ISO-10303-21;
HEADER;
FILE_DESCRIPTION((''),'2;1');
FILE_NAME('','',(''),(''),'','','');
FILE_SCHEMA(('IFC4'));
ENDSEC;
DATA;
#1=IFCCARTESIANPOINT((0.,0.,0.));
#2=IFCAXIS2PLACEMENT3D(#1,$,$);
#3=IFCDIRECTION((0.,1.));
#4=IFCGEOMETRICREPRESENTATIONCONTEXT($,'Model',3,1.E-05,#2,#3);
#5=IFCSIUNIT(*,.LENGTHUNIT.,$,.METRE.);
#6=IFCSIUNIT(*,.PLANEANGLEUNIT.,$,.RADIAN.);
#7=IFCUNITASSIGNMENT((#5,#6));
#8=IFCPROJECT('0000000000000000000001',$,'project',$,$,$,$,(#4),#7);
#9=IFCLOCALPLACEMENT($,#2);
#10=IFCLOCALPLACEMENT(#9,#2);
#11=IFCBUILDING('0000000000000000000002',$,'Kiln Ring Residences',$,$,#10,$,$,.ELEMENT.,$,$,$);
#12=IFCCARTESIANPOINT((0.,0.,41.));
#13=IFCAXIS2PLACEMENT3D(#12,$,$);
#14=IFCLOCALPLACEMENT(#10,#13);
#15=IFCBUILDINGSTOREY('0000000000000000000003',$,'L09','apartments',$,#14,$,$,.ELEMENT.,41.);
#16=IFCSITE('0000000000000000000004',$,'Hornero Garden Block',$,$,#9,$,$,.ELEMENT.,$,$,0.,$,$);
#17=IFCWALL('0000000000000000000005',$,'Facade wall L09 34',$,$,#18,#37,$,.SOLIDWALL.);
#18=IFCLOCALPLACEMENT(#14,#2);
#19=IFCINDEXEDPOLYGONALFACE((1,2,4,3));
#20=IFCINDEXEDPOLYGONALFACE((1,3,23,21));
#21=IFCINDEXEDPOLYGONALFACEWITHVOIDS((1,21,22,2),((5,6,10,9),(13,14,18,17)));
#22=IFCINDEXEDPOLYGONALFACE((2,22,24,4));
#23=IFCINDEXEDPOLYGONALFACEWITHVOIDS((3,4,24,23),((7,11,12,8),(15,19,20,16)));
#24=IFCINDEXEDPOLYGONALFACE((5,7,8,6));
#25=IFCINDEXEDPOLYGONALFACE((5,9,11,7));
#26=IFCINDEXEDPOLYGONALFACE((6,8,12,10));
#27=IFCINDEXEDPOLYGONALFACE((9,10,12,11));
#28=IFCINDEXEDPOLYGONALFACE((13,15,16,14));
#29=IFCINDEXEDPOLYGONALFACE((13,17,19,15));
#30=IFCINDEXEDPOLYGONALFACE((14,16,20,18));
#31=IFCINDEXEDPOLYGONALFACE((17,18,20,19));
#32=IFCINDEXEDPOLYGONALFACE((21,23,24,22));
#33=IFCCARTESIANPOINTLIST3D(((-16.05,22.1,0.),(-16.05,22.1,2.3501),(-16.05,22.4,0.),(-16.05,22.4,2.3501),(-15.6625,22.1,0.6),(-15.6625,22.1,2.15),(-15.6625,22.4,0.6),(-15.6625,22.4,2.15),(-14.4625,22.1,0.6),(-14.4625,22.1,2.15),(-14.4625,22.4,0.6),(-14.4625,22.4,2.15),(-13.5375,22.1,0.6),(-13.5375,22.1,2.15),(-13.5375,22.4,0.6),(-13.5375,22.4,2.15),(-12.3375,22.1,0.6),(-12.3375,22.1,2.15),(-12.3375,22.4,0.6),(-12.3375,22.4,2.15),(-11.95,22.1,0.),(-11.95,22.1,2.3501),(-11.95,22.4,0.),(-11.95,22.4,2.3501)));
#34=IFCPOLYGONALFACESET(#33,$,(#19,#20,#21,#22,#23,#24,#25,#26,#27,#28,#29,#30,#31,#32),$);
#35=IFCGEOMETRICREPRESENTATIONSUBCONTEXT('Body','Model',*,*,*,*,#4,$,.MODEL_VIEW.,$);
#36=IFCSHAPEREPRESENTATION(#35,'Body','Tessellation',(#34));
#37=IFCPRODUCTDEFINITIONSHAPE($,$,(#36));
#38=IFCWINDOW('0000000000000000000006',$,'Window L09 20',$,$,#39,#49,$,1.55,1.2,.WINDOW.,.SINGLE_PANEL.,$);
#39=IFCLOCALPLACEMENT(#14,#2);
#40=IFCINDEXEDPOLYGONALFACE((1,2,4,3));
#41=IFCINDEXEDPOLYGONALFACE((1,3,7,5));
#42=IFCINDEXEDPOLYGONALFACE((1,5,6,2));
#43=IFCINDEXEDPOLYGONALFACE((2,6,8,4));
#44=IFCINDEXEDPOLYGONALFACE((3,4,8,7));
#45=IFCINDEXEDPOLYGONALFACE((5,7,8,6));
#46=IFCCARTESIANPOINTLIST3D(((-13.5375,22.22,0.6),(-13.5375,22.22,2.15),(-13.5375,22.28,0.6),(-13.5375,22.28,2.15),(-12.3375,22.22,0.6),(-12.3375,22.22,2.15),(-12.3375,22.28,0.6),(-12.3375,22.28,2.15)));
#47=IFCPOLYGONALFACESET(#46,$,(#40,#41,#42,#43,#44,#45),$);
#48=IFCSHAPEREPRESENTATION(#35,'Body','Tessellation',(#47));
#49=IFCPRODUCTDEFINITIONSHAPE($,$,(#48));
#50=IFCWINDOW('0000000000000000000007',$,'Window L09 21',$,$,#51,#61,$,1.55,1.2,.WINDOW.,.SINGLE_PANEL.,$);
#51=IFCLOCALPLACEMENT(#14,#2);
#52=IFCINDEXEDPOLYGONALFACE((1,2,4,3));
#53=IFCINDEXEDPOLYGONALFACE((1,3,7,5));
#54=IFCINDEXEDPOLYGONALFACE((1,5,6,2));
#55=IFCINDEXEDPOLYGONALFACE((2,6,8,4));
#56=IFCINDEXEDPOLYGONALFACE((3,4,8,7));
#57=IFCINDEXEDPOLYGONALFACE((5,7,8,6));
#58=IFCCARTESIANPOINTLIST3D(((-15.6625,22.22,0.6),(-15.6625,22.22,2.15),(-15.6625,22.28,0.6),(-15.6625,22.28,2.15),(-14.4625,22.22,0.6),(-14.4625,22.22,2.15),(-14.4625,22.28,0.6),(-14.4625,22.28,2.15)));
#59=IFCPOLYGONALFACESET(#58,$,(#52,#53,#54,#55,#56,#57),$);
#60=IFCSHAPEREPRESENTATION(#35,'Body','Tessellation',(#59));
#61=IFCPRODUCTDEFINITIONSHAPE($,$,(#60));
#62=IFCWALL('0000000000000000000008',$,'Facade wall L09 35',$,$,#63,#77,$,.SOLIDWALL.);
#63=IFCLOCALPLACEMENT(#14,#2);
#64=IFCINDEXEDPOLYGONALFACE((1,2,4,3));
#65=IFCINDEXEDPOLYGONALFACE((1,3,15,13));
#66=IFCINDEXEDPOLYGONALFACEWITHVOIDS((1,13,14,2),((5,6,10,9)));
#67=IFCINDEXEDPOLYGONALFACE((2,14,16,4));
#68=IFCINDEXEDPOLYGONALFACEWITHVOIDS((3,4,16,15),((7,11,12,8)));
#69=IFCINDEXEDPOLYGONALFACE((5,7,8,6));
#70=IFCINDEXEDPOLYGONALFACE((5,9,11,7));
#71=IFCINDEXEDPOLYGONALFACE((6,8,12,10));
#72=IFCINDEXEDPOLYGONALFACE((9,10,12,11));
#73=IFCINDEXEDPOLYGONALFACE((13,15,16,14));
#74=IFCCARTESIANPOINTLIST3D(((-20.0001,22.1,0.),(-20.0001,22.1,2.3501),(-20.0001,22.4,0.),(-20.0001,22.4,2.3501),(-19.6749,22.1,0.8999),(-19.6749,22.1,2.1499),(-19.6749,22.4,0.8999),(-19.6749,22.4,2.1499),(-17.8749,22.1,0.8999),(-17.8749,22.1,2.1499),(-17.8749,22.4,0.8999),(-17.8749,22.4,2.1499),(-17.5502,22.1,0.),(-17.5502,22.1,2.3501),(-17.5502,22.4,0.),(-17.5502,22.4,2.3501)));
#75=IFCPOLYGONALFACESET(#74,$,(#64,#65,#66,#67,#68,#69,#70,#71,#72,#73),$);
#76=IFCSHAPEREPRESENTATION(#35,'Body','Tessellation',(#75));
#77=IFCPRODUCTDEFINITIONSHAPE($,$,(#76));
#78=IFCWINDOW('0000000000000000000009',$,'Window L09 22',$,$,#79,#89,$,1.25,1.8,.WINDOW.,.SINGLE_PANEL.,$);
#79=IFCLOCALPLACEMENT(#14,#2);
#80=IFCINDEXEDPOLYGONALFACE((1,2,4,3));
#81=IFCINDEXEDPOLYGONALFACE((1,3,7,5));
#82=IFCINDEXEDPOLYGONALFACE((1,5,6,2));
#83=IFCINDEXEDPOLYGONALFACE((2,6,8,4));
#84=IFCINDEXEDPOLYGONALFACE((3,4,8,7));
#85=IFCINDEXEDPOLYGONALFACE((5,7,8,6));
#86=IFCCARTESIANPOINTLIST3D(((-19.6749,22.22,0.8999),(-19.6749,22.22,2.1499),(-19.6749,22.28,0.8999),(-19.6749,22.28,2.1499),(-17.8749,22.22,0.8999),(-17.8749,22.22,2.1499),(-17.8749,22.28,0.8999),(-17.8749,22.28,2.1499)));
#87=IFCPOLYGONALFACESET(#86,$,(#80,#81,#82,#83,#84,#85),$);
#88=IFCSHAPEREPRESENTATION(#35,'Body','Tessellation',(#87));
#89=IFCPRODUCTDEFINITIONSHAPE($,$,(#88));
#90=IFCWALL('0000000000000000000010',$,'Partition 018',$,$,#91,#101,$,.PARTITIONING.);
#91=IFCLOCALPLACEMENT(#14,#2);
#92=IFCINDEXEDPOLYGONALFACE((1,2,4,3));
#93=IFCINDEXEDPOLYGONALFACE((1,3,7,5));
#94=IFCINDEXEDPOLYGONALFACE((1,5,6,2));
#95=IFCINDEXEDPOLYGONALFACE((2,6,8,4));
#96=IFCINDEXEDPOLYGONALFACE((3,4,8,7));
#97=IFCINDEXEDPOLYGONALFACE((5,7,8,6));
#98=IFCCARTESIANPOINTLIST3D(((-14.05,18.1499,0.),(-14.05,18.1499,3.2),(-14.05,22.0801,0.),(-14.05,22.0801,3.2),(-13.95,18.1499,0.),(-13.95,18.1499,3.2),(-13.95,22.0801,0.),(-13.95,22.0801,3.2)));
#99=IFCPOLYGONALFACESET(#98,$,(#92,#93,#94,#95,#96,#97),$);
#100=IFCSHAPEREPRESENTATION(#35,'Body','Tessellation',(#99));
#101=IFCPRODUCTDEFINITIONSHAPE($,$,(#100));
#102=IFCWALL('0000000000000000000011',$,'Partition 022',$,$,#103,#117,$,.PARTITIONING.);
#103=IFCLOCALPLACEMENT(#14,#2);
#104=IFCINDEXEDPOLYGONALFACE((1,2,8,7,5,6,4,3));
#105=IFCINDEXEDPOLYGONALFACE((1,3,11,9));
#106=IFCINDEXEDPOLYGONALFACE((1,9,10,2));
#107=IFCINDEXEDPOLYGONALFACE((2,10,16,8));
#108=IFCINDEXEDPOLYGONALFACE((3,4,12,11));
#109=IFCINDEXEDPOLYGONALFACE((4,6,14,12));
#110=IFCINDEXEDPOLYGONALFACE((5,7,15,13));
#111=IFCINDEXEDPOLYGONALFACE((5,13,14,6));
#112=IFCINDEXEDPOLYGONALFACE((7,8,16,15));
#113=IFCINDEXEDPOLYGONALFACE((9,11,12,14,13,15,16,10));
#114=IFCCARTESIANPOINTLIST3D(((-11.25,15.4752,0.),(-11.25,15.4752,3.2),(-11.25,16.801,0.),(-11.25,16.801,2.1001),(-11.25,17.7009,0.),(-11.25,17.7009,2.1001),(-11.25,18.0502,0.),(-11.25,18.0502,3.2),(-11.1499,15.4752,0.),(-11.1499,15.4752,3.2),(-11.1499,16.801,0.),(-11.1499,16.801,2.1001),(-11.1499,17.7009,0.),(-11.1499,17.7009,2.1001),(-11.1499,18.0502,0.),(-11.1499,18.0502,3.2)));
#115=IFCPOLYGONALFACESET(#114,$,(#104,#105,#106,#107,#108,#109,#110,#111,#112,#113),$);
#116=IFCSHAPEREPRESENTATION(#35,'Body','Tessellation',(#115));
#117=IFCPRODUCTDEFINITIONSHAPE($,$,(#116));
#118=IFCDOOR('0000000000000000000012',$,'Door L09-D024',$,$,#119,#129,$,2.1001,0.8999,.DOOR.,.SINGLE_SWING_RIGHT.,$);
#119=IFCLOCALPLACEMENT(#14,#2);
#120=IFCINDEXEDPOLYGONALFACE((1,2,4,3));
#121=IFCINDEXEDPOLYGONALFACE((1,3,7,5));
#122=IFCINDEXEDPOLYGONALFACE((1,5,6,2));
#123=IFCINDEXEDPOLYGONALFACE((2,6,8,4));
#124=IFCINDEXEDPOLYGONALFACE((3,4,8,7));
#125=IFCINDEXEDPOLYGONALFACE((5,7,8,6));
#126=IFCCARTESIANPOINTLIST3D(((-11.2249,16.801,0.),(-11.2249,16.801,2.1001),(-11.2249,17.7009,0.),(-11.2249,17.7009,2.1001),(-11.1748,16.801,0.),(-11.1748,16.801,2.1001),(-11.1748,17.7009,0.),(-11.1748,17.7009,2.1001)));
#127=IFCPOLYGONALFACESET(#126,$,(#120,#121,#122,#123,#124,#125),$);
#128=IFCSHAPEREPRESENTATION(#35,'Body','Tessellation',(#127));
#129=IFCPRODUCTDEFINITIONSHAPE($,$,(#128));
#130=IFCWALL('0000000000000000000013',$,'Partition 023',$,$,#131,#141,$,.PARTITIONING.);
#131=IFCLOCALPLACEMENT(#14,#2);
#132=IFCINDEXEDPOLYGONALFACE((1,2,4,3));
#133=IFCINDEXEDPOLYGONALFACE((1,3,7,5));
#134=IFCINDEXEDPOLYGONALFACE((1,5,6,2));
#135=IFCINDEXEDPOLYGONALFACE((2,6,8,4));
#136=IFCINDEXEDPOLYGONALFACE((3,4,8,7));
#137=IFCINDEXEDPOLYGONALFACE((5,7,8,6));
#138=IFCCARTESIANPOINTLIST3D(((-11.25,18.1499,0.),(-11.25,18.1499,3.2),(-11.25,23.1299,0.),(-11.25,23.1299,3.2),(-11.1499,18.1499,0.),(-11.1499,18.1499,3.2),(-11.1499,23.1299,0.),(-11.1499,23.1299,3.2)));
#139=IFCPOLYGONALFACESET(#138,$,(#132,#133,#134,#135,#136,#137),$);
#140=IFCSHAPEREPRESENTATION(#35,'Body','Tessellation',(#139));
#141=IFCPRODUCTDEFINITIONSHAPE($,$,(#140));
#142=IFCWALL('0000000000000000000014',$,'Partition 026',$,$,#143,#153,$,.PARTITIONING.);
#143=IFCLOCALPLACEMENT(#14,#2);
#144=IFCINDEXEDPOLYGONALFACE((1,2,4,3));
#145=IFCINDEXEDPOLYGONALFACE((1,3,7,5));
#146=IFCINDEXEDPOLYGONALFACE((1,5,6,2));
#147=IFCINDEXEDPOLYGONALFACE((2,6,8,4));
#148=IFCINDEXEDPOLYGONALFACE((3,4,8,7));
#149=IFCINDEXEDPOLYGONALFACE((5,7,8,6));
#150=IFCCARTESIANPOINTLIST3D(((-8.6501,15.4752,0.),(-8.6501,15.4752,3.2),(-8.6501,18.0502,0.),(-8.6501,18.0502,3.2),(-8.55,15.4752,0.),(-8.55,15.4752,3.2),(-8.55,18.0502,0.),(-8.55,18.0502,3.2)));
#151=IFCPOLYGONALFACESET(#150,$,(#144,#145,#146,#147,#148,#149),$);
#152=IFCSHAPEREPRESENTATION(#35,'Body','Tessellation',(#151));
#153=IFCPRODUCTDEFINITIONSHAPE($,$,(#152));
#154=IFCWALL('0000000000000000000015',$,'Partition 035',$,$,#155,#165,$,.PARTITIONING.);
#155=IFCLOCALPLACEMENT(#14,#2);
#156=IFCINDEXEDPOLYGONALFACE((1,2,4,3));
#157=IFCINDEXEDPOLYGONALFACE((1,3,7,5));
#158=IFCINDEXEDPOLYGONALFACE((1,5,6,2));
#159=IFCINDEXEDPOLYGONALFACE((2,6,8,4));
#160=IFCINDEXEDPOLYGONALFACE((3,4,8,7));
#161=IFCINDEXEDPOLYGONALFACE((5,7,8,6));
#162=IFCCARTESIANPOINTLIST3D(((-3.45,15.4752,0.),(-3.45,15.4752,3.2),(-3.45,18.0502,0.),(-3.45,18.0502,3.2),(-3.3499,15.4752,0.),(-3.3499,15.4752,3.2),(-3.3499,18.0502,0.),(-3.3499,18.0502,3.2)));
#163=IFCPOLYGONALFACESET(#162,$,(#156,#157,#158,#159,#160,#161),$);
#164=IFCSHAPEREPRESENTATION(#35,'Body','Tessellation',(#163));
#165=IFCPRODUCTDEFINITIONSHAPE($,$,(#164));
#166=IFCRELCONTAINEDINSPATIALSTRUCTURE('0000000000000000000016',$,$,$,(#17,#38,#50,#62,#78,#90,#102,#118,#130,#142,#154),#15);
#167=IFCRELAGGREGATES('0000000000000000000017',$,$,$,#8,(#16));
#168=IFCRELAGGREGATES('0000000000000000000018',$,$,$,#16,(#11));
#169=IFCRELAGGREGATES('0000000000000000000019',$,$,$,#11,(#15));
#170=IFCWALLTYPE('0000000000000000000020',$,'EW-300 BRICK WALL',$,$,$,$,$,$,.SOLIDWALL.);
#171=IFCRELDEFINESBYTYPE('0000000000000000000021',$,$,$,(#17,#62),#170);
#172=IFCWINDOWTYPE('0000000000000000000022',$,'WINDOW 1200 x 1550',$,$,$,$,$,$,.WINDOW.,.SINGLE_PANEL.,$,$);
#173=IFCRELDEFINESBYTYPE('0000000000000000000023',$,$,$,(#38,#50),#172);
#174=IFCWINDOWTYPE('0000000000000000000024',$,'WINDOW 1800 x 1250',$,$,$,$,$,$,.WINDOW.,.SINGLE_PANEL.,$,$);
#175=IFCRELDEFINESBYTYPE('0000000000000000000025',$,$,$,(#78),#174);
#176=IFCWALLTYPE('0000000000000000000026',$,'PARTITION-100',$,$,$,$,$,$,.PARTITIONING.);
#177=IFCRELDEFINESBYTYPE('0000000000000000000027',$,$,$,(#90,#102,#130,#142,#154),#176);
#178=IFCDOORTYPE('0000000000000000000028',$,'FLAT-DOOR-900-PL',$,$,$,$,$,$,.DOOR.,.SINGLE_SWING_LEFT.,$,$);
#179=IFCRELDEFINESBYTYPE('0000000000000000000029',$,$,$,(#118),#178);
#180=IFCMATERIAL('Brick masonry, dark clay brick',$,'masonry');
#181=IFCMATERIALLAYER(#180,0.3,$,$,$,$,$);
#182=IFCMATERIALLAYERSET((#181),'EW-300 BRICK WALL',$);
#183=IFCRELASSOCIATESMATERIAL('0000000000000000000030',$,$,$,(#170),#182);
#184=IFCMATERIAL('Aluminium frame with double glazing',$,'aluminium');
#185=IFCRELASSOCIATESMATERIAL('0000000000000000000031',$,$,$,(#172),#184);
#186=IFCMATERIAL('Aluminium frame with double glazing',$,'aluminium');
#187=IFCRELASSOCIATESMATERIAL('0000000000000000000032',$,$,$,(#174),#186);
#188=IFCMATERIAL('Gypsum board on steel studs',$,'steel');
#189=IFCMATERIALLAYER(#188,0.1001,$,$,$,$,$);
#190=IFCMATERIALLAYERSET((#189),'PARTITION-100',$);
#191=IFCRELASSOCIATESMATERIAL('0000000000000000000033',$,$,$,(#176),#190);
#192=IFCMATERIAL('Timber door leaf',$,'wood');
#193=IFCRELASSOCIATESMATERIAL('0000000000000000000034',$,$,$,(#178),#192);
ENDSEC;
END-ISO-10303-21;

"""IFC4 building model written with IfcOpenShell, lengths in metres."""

from ifc_helpers import new_model, si_unit, direction, frame, frame_2d, origin, place, context, subcontext, project, spatial, rectangle, extrude, material, layer, layer_set, type_object, element, fill, save


model = new_model("IFC4")

# Units and contexts
model_context = context("Model", 3, precision=1e-05, world=origin(), true_north=direction((0.0, 1.0)))
body_context = subcontext(model_context, "Body", "Model", "MODEL_VIEW")
ifc_project = project(units=[si_unit("LENGTHUNIT", "METRE"), si_unit("PLANEANGLEUNIT", "RADIAN")], contexts=[model_context])

# Site, building, storey
site_placement = place(None, origin())
site = spatial("IfcSite", under=ifc_project, at=site_placement, Name="Hornero Garden Block", CompositionType="ELEMENT", RefElevation=0.0)
building_placement = place(site_placement, origin())
building = spatial("IfcBuilding", under=site, at=building_placement, Name="Kiln Ring Residences", CompositionType="ELEMENT")
storey_placement = place(building_placement, frame((0.0, 0.0, 41.0)))
storey = spatial("IfcBuildingStorey", under=building, at=storey_placement, Name="L09", Description="apartments", CompositionType="ELEMENT", Elevation=41.0)

# Shared definitions
ifc_material_1 = material(Name="Brick masonry, dark clay brick", Category="masonry")
ifc_layer_1 = layer(ifc_material_1, 0.3)
ifc_layer_set_1 = layer_set([ifc_layer_1], Name="EW-300 BRICK WALL")
wall_type_1 = type_object("IfcWallType", Name="EW-300 BRICK WALL", PredefinedType="SOLIDWALL", material=ifc_layer_set_1)

# Wall, openings, windows
wall_1_placement = place(storey_placement, frame((-11.95, 22.25, 0.0), z_axis=(0.0, 0.0, 1.0), x_axis=(-1.0, 0.0, 0.0)))
wall_1 = element("IfcWall", 1, at=wall_1_placement, inside=storey, type_object=wall_type_1, Name="Facade wall L09 34", PredefinedType="SOLIDWALL", context=body_context, shape_type="SweptSolid", body=[
    extrude(rectangle(XDim=4.1001, YDim=0.3, at=frame_2d((2.05, 0.0))), origin(), (0.0, 0.0, 1.0), 2.3501),
])
opening_1_placement = place(wall_1_placement, frame((0.3875, 0.0, 0.6001)))
opening_1 = element("IfcOpeningElement", 2, at=opening_1_placement, cuts=wall_1, PredefinedType="OPENING", context=body_context, shape_type="SweptSolid", body=[
    extrude(rectangle(XDim=1.2, YDim=1.55, at=frame_2d((0.6001, 0.7749))), frame((0.0, 0.1599, 0.0), z_axis=(0.0, -1.0, 0.0), x_axis=(1.0, 0.0, 0.0)), (0.0, 0.0, 1.0), 0.3201),
])
opening_2_placement = place(wall_1_placement, frame((2.5125, 0.0, 0.6001)))
opening_2 = element("IfcOpeningElement", 3, at=opening_2_placement, cuts=wall_1, PredefinedType="OPENING", context=body_context, shape_type="SweptSolid", body=[
    extrude(rectangle(XDim=1.2, YDim=1.55, at=frame_2d((0.6001, 0.7749))), frame((0.0, 0.1599, 0.0), z_axis=(0.0, -1.0, 0.0), x_axis=(1.0, 0.0, 0.0)), (0.0, 0.0, 1.0), 0.3201),
])
ifc_material_2 = material(Name="Aluminium frame with double glazing", Category="aluminium")
window_type_1 = type_object("IfcWindowType", Name="WINDOW 1200 x 1550", PartitioningType="SINGLE_PANEL", PredefinedType="WINDOW", material=ifc_material_2)
window_1_placement = place(opening_1_placement, origin())
window_1 = element("IfcWindow", 4, at=window_1_placement, inside=storey, type_object=window_type_1, Name="Window L09 20", OverallHeight=1.55, OverallWidth=1.2, PartitioningType="SINGLE_PANEL", PredefinedType="WINDOW", context=body_context, shape_type="SweptSolid", body=[
    extrude(rectangle(XDim=1.2, YDim=1.55, at=frame_2d((0.6001, 0.7749))), frame((0.0, 0.03, 0.0), z_axis=(0.0, -1.0, 0.0), x_axis=(1.0, 0.0, 0.0)), (0.0, 0.0, 1.0), 0.0601),
])
fill(opening_1, window_1)
window_2_placement = place(opening_2_placement, origin())
window_2 = element("IfcWindow", 5, at=window_2_placement, inside=storey, type_object=window_type_1, Name="Window L09 21", OverallHeight=1.55, OverallWidth=1.2, PartitioningType="SINGLE_PANEL", PredefinedType="WINDOW", context=body_context, shape_type="SweptSolid", body=[
    extrude(rectangle(XDim=1.2, YDim=1.55, at=frame_2d((0.6001, 0.7749))), frame((0.0, 0.03, 0.0), z_axis=(0.0, -1.0, 0.0), x_axis=(1.0, 0.0, 0.0)), (0.0, 0.0, 1.0), 0.0601),
])
fill(opening_2, window_2)

# Wall, opening, window
wall_2_placement = place(storey_placement, frame((-17.55, 22.25, 0.0), z_axis=(0.0, 0.0, 1.0), x_axis=(-1.0, 0.0, 0.0)))
wall_2 = element("IfcWall", 6, at=wall_2_placement, inside=storey, type_object=wall_type_1, Name="Facade wall L09 35", PredefinedType="SOLIDWALL", context=body_context, shape_type="SweptSolid", body=[
    extrude(rectangle(XDim=2.45, YDim=0.3, at=frame_2d((1.2251, 0.0))), origin(), (0.0, 0.0, 1.0), 2.3501),
])
opening_3_placement = place(wall_2_placement, frame((0.325, 0.0, 0.8999)))
opening_3 = element("IfcOpeningElement", 7, at=opening_3_placement, cuts=wall_2, PredefinedType="OPENING", context=body_context, shape_type="SweptSolid", body=[
    extrude(rectangle(XDim=1.8, YDim=1.25, at=frame_2d((0.8999, 0.625))), frame((0.0, 0.1599, 0.0), z_axis=(0.0, -1.0, 0.0), x_axis=(1.0, 0.0, 0.0)), (0.0, 0.0, 1.0), 0.3201),
])
ifc_material_3 = material(Name="Aluminium frame with double glazing", Category="aluminium")
window_type_2 = type_object("IfcWindowType", Name="WINDOW 1800 x 1250", PartitioningType="SINGLE_PANEL", PredefinedType="WINDOW", material=ifc_material_3)
window_3_placement = place(opening_3_placement, origin())
window_3 = element("IfcWindow", 8, at=window_3_placement, inside=storey, type_object=window_type_2, Name="Window L09 22", OverallHeight=1.25, OverallWidth=1.8, PartitioningType="SINGLE_PANEL", PredefinedType="WINDOW", context=body_context, shape_type="SweptSolid", body=[
    extrude(rectangle(XDim=1.8, YDim=1.25, at=frame_2d((0.8999, 0.625))), frame((0.0, 0.03, 0.0), z_axis=(0.0, -1.0, 0.0), x_axis=(1.0, 0.0, 0.0)), (0.0, 0.0, 1.0), 0.0601),
])
fill(opening_3, window_3)

# Wall
ifc_material_4 = material(Name="Gypsum board on steel studs", Category="steel")
ifc_layer_2 = layer(ifc_material_4, 0.1001)
ifc_layer_set_2 = layer_set([ifc_layer_2], Name="PARTITION-100")
wall_type_2 = type_object("IfcWallType", Name="PARTITION-100", PredefinedType="PARTITIONING", material=ifc_layer_set_2)
wall_3_placement = place(storey_placement, frame((-14.0, 18.1499, 0.0), z_axis=(0.0, 0.0, 1.0), x_axis=(0.0, 1.0, 0.0)))
element("IfcWall", 9, at=wall_3_placement, inside=storey, type_object=wall_type_2, Name="Partition 018", PredefinedType="PARTITIONING", context=body_context, shape_type="SweptSolid", body=[
    extrude(rectangle(XDim=3.9302, YDim=0.1001, at=frame_2d((1.9651, 0.0))), origin(), (0.0, 0.0, 1.0), 3.2),
])

# Wall, opening, door
wall_4_placement = place(storey_placement, frame((-11.2, 15.4751, 0.0), z_axis=(0.0, 0.0, 1.0), x_axis=(0.0, 1.0, 0.0)))
wall_4 = element("IfcWall", 10, at=wall_4_placement, inside=storey, type_object=wall_type_2, Name="Partition 022", PredefinedType="PARTITIONING", context=body_context, shape_type="SweptSolid", body=[
    extrude(rectangle(XDim=2.575, YDim=0.1001, at=frame_2d((1.2876, 0.0))), origin(), (0.0, 0.0, 1.0), 3.2),
])
opening_4_placement = place(wall_4_placement, frame((1.3259, 0.0, 0.0)))
opening_4 = element("IfcOpeningElement", 11, at=opening_4_placement, cuts=wall_4, PredefinedType="OPENING", context=body_context, shape_type="SweptSolid", body=[
    extrude(rectangle(XDim=0.8999, YDim=2.1001, at=frame_2d((0.45, 1.05))), frame((0.0, 0.0601, 0.0), z_axis=(0.0, -1.0, 0.0), x_axis=(1.0, 0.0, 0.0)), (0.0, 0.0, 1.0), 0.1201),
])
ifc_material_5 = material(Name="Timber door leaf", Category="wood")
door_type = type_object("IfcDoorType", Name="FLAT-DOOR-900-PL", OperationType="SINGLE_SWING_LEFT", PredefinedType="DOOR", material=ifc_material_5)
door_placement = place(opening_4_placement, origin())
door = element("IfcDoor", 12, at=door_placement, inside=storey, type_object=door_type, Name="Door L09-D024", OperationType="SINGLE_SWING_RIGHT", OverallHeight=2.1001, OverallWidth=0.8999, PredefinedType="DOOR", context=body_context, shape_type="SweptSolid", body=[
    extrude(rectangle(XDim=0.8999, YDim=2.1001, at=frame_2d((0.45, 1.05))), frame((0.0, 0.0249, 0.0), z_axis=(0.0, -1.0, 0.0), x_axis=(1.0, 0.0, 0.0)), (0.0, 0.0, 1.0), 0.05),
])
fill(opening_4, door)

# Walls
wall_5_placement = place(storey_placement, frame((-11.2, 18.1499, 0.0), z_axis=(0.0, 0.0, 1.0), x_axis=(0.0, 1.0, 0.0)))
element("IfcWall", 13, at=wall_5_placement, inside=storey, type_object=wall_type_2, Name="Partition 023", PredefinedType="PARTITIONING", context=body_context, shape_type="SweptSolid", body=[
    extrude(rectangle(XDim=4.98, YDim=0.1001, at=frame_2d((2.49, 0.0))), origin(), (0.0, 0.0, 1.0), 3.2),
])
for number, where, z_axis, x_axis, name in (
    (14, (-8.6001, 15.4751, 0.0), (0.0, 0.0, 1.0), (0.0, 1.0, 0.0), "Partition 026"),
    (15, (-3.3999, 15.4751, 0.0), (0.0, 0.0, 1.0), (0.0, 1.0, 0.0), "Partition 035"),
):
    element("IfcWall", number, at=place(storey_placement, frame(where, z_axis=z_axis, x_axis=x_axis)), inside=storey, type_object=wall_type_2, Name=name, PredefinedType="PARTITIONING", context=body_context, shape_type="SweptSolid", body=[
        extrude(rectangle(XDim=2.575, YDim=0.1001, at=frame_2d((1.2876, 0.0))), origin(), (0.0, 0.0, 1.0), 3.2),
    ])

save(model, "model.ifc")
